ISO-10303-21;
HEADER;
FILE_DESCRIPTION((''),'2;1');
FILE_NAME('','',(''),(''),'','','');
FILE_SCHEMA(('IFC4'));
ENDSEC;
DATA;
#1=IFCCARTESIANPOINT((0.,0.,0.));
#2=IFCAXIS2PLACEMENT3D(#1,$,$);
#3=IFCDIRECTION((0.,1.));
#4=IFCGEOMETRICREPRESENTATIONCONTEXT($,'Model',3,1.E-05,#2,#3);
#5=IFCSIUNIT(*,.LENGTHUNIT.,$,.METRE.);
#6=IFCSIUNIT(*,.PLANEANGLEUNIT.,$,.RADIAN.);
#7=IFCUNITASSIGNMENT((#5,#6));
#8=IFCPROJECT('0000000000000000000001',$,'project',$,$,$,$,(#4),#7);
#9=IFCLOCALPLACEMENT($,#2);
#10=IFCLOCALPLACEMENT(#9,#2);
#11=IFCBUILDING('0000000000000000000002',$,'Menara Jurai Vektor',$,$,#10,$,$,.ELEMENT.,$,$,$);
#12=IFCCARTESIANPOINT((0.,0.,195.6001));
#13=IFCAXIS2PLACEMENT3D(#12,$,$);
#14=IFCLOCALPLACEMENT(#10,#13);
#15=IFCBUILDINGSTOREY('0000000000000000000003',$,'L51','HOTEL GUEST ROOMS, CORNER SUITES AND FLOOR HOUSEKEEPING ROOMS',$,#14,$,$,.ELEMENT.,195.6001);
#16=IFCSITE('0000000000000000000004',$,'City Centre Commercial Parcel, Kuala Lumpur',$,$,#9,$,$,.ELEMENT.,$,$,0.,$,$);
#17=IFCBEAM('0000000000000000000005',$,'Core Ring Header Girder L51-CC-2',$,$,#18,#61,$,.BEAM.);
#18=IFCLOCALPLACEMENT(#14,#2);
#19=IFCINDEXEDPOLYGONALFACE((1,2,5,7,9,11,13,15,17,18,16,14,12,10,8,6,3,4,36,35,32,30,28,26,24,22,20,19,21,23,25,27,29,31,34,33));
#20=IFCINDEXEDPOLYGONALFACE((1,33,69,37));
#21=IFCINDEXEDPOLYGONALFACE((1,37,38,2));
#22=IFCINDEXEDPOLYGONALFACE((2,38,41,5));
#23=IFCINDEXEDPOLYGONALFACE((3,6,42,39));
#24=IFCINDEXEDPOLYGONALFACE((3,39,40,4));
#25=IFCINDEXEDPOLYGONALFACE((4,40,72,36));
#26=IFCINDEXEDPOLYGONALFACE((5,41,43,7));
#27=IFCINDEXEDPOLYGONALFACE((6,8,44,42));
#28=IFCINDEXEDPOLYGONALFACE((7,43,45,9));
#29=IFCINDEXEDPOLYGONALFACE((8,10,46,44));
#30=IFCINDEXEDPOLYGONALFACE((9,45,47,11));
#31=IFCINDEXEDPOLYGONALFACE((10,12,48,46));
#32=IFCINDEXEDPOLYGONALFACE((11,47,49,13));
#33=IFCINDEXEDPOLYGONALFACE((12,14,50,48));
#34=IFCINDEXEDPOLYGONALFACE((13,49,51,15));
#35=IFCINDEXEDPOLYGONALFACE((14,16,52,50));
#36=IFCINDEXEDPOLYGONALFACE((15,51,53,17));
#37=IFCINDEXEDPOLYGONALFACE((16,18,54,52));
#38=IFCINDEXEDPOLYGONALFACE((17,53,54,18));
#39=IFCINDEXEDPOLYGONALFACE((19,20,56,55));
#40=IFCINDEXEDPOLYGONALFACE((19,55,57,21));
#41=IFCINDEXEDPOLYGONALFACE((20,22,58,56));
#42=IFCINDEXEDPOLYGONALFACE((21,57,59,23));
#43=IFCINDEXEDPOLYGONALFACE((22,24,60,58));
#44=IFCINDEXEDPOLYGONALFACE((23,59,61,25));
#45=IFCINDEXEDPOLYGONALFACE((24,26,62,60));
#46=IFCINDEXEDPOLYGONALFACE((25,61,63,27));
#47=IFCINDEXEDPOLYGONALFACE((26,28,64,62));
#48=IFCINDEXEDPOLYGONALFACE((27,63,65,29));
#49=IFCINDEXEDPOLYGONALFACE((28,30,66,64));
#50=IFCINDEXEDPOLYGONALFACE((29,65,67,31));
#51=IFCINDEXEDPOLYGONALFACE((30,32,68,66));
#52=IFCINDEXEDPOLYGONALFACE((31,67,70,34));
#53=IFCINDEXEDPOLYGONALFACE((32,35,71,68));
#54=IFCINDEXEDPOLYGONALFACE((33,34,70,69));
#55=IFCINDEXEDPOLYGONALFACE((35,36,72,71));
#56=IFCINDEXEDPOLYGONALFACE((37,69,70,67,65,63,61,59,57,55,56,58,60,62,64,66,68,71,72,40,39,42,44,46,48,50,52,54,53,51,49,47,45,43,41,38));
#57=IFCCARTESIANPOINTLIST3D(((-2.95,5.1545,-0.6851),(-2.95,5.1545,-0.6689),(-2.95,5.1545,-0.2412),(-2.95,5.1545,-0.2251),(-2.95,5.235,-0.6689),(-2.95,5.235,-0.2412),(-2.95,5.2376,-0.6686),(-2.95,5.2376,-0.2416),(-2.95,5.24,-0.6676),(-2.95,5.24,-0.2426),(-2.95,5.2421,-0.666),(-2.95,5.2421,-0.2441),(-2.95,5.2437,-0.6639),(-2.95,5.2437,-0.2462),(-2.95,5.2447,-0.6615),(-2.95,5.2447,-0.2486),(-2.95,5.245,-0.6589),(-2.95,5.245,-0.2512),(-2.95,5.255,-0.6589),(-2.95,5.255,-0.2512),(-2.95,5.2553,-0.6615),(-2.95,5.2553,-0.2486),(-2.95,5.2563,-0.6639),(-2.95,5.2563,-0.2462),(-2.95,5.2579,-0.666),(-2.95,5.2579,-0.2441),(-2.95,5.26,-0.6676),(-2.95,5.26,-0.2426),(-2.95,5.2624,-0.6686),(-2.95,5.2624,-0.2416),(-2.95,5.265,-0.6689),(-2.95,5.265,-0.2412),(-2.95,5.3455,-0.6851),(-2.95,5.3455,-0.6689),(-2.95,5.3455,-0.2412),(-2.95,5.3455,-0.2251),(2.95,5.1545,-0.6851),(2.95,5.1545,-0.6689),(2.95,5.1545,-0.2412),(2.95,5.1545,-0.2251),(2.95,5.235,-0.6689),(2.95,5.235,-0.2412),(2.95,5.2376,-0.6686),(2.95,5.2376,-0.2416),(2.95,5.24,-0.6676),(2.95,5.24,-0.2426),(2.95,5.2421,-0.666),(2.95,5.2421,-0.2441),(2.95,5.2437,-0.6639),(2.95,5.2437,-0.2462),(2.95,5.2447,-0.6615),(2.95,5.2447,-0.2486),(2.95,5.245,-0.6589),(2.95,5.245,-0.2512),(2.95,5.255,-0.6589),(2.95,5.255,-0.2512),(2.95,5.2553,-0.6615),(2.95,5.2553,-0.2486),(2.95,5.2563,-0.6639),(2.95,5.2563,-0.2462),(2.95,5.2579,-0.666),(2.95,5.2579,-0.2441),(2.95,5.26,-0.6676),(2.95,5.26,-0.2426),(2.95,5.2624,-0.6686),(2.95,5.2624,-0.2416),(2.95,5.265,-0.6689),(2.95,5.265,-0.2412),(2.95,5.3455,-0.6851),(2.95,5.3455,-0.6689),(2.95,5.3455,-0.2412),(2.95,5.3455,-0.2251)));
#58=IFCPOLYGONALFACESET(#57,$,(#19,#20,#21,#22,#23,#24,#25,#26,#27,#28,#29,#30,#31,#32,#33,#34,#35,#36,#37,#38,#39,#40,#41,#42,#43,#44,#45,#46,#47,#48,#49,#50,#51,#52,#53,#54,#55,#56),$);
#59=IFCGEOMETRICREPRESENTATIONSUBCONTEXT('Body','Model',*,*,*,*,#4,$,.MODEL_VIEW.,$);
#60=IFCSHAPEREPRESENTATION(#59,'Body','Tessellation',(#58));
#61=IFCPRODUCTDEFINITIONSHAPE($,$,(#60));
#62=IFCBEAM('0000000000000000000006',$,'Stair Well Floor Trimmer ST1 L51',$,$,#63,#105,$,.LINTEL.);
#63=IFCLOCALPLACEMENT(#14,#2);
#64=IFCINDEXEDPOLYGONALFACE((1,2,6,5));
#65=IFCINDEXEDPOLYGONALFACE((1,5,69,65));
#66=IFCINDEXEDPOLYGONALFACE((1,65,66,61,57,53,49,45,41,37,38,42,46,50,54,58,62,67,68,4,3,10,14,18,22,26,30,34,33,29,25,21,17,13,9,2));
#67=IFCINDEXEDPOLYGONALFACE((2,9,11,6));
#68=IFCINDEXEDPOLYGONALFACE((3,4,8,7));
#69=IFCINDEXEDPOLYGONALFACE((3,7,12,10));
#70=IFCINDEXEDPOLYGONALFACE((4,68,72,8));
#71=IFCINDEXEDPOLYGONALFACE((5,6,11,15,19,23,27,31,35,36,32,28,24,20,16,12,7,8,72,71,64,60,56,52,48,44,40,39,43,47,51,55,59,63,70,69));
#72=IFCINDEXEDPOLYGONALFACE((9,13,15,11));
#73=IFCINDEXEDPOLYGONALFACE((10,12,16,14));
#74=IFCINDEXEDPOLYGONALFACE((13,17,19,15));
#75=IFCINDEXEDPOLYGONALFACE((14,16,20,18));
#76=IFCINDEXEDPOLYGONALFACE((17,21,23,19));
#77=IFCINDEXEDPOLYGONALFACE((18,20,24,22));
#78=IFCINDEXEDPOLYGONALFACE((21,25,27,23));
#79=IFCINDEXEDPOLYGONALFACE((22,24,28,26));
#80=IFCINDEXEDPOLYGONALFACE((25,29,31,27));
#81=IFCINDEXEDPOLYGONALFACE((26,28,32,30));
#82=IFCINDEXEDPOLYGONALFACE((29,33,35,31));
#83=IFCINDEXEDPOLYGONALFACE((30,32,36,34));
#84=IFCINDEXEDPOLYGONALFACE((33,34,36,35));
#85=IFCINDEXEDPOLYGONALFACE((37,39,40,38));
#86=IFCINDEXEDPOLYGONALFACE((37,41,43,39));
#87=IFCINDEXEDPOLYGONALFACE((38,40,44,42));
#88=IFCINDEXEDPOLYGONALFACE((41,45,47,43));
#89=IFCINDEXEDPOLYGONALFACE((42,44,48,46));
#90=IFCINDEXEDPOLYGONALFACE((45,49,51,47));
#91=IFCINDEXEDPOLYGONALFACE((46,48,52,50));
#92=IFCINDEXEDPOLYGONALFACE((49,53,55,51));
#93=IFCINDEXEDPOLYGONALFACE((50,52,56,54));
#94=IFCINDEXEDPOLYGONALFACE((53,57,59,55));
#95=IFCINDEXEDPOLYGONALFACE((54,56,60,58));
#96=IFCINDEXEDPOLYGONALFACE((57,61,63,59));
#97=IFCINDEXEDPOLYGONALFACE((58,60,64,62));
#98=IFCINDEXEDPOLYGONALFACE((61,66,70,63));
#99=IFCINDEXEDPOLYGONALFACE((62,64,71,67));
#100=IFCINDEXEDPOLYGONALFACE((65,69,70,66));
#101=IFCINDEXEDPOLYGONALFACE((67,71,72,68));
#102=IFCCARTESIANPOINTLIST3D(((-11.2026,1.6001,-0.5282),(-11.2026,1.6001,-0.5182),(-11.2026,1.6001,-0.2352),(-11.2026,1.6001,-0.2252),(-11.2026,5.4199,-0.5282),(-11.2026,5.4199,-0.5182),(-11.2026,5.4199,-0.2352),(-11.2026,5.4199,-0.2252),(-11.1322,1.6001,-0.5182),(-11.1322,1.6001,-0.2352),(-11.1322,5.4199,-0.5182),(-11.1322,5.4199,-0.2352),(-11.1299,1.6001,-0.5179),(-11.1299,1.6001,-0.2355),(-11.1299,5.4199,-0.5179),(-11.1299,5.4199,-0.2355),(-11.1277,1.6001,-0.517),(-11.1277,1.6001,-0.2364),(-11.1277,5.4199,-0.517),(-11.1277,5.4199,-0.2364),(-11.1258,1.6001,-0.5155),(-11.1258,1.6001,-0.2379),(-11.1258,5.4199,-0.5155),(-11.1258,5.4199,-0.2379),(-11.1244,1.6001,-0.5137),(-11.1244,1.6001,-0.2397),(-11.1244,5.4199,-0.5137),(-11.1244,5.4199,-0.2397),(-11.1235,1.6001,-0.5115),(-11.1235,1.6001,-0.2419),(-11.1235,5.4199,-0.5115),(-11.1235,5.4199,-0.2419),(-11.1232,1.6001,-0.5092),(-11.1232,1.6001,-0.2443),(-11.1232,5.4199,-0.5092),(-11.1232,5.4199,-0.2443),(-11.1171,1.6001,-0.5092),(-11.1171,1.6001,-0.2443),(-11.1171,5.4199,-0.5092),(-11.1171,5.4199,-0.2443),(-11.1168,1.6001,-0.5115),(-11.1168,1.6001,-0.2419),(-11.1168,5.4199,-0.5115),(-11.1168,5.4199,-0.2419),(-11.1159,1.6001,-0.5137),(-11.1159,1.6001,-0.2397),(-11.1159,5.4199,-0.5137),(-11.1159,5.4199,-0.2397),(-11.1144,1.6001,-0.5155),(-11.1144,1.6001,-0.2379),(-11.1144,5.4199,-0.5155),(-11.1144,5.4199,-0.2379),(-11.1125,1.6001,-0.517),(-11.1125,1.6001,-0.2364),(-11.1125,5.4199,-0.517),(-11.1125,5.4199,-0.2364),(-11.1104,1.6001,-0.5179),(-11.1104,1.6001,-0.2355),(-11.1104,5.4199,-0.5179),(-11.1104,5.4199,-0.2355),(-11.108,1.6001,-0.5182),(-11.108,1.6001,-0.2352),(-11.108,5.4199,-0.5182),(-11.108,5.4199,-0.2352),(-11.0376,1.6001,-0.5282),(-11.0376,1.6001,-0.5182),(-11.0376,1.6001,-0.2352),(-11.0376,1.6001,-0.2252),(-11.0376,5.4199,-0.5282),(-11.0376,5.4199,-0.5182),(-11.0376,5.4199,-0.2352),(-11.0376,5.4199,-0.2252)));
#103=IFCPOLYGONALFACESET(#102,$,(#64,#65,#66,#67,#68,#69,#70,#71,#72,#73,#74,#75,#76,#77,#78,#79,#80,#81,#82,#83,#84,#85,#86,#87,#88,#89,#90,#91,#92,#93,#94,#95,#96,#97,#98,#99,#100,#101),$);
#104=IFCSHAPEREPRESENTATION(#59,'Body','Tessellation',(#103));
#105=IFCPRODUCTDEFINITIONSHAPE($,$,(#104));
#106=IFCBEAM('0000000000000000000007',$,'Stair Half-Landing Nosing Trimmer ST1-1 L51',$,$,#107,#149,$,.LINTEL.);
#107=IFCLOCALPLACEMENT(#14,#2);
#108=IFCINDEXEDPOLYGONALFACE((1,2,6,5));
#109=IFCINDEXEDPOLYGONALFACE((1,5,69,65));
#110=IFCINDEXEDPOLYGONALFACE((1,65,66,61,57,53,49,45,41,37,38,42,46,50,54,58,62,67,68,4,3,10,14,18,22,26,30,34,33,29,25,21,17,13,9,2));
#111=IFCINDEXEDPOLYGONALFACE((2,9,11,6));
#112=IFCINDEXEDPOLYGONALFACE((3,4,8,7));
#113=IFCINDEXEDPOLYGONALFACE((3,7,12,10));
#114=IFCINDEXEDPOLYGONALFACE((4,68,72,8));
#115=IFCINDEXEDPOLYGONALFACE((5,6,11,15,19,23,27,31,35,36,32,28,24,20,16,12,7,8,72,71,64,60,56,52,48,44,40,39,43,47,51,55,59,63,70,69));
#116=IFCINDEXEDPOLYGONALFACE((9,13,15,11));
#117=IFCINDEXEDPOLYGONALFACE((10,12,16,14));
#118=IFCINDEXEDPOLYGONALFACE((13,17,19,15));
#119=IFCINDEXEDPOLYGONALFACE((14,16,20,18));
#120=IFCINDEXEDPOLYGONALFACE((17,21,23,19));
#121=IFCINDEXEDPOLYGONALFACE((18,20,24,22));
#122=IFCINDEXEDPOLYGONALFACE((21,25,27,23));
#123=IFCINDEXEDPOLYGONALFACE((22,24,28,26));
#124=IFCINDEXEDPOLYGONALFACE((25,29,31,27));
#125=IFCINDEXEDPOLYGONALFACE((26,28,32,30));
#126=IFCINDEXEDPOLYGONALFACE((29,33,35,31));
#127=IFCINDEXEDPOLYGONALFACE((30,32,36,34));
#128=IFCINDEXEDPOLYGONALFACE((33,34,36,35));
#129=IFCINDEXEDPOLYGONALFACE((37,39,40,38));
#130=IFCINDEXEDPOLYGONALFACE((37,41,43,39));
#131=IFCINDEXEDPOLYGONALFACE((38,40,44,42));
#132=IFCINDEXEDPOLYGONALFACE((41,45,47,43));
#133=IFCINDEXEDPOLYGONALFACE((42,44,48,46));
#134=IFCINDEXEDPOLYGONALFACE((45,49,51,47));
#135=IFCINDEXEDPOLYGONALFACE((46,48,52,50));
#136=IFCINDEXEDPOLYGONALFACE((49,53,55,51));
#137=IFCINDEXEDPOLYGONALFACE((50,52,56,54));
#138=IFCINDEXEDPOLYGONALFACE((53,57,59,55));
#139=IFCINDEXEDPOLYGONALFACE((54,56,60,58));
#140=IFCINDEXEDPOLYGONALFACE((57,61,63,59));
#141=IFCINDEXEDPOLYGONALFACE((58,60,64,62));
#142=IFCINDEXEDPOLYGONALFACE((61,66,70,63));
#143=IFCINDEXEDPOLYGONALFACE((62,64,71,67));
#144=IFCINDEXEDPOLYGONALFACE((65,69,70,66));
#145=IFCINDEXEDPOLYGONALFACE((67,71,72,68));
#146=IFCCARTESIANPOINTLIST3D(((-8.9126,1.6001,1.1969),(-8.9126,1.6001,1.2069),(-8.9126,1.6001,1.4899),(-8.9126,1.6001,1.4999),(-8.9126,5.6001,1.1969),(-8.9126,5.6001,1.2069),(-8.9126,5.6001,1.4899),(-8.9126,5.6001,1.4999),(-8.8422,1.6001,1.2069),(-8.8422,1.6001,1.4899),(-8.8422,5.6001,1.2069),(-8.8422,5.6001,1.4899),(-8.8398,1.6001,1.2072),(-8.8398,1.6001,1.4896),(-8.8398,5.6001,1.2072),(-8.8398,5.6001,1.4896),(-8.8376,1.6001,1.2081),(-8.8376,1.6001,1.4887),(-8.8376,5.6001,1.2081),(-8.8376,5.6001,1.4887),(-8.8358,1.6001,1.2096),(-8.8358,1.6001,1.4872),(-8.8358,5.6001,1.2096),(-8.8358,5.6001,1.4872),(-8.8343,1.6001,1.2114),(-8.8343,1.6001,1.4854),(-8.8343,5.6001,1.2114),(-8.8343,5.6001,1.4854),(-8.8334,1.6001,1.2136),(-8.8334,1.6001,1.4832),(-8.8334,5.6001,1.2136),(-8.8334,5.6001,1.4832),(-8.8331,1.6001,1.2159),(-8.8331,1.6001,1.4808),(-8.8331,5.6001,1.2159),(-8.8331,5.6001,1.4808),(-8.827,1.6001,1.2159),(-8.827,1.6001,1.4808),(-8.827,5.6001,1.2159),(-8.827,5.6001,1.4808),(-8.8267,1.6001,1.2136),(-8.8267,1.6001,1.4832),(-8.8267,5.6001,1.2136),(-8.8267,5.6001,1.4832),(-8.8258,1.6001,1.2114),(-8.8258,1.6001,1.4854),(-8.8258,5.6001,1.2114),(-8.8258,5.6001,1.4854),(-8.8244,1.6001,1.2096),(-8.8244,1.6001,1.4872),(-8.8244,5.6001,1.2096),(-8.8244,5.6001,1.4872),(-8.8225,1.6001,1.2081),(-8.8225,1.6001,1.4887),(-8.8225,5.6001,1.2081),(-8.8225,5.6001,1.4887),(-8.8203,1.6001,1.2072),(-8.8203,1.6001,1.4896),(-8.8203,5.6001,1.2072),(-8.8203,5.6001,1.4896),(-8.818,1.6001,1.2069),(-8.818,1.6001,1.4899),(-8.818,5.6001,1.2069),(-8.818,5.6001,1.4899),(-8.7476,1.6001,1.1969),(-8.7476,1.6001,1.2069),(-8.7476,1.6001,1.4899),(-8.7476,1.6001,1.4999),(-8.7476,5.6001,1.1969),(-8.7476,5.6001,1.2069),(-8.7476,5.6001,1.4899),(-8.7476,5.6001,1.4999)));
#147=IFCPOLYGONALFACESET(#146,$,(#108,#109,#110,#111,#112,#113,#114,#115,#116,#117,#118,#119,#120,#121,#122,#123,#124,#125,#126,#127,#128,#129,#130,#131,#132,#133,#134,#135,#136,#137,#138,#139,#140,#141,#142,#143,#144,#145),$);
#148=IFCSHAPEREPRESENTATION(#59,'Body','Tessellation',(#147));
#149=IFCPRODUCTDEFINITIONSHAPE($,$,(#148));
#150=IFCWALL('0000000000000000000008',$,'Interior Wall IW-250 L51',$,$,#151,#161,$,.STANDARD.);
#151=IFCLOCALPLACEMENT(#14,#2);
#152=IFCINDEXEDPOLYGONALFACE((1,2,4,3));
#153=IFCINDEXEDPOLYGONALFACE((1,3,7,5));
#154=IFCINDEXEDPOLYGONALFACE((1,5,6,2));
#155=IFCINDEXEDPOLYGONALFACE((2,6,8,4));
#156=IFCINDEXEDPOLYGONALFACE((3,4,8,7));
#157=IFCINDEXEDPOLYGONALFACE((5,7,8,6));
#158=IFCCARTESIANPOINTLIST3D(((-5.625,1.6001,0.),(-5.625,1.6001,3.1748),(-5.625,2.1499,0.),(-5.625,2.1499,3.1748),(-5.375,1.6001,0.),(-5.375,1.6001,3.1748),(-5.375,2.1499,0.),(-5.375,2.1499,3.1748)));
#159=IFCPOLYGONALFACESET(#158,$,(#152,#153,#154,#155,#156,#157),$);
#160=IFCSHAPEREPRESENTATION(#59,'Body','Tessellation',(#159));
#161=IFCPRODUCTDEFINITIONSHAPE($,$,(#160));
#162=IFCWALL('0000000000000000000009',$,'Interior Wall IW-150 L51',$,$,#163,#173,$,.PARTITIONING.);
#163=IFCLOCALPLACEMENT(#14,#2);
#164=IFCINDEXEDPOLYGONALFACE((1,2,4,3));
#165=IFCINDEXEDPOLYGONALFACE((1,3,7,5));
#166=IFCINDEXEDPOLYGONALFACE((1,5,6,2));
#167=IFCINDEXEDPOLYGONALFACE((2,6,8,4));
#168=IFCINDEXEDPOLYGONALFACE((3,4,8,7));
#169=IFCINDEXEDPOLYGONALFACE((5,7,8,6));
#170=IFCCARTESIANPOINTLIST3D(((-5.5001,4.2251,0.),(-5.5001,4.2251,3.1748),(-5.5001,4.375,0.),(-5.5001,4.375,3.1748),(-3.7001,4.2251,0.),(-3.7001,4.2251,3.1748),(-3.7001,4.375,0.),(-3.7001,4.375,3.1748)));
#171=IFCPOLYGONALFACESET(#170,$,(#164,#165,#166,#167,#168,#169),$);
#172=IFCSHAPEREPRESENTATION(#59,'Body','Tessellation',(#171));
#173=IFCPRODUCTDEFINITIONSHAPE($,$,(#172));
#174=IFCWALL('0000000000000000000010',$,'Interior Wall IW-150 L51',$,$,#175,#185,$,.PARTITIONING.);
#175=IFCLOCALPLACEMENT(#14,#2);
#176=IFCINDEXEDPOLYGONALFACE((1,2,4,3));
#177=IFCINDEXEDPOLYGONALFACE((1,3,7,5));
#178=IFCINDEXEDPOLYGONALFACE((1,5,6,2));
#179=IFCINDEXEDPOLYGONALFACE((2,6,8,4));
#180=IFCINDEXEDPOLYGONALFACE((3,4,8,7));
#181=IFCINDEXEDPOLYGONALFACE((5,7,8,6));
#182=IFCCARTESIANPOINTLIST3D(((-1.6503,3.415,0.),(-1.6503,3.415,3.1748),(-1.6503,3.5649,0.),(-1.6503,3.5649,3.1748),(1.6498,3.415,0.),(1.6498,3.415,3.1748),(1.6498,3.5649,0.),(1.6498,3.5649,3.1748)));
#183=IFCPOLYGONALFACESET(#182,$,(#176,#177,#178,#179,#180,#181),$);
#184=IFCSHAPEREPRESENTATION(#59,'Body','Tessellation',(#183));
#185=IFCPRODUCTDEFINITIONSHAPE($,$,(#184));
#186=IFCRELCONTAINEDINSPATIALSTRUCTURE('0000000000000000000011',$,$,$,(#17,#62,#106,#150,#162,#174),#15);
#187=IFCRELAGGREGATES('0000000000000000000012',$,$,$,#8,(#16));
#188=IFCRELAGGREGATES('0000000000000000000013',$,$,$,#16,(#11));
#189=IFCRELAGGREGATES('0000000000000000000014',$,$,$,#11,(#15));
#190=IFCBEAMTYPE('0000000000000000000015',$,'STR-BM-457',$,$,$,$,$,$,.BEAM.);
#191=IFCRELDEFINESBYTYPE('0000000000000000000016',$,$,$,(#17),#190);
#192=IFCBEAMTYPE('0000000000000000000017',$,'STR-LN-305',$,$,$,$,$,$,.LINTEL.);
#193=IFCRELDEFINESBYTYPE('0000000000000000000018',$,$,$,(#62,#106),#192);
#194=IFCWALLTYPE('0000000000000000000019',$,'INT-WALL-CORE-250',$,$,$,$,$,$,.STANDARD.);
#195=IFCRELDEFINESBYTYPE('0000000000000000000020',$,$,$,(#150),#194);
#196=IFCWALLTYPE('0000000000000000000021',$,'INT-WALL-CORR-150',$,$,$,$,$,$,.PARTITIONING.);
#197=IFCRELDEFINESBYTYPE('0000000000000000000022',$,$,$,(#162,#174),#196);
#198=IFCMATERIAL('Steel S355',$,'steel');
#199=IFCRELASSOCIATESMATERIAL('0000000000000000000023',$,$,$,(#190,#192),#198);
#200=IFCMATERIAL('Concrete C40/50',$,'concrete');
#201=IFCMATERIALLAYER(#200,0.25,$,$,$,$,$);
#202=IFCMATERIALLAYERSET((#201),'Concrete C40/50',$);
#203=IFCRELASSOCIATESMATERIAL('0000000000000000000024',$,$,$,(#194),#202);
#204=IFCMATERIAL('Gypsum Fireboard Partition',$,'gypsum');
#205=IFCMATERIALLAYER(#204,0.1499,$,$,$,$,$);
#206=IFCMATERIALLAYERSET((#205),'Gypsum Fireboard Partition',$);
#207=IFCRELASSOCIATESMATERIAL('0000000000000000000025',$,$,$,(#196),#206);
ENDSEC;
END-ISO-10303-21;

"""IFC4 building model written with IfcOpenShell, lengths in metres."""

from ifc_helpers import new_model, si_unit, direction, frame, frame_2d, origin, origin_2d, place, context, subcontext, project, spatial, rectangle, i_section, extrude, material, layer, layer_set, material_profile, profile_set, type_object, element, save


model = new_model("IFC4")

# Units and contexts
model_context = context("Model", 3, precision=1e-05, world=origin(), true_north=direction((0.0, 1.0)))
body_context = subcontext(model_context, "Body", "Model", "MODEL_VIEW")
ifc_project = project(units=[si_unit("LENGTHUNIT", "METRE"), si_unit("PLANEANGLEUNIT", "RADIAN")], contexts=[model_context])

# Site, building, storey
site_placement = place(None, origin())
site = spatial("IfcSite", under=ifc_project, at=site_placement, Name="City Centre Commercial Parcel, Kuala Lumpur", CompositionType="ELEMENT", RefElevation=0.0)
building_placement = place(site_placement, origin())
building = spatial("IfcBuilding", under=site, at=building_placement, Name="Menara Jurai Vektor", CompositionType="ELEMENT")
storey_placement = place(building_placement, frame((0.0, 0.0, 195.6001)))
storey = spatial("IfcBuildingStorey", under=building, at=storey_placement, Name="L51", Description="HOTEL GUEST ROOMS, CORNER SUITES AND FLOOR HOUSEKEEPING ROOMS", CompositionType="ELEMENT", Elevation=195.6001)

# Shared definitions
ifc_material_1 = material(Name="Steel S355", Category="steel")

# Beams
ifc_material_profile_1 = material_profile(ifc_material_1, i_section(OverallWidth=0.1909, OverallDepth=0.46, WebThickness=0.01, FlangeThickness=0.0161, FilletRadius=0.01, at=origin_2d()), Name="UKB 457x191x82")
ifc_profile_set_1 = profile_set([ifc_material_profile_1], Name="Steel S355")
beam_type_1 = type_object("IfcBeamType", Name="STR-BM-457", PredefinedType="BEAM", material=ifc_profile_set_1)
beam_1_placement = place(storey_placement, frame((-2.95, 5.25, -0.4551), z_axis=(1.0, 0.0, 0.0), x_axis=(0.0, 1.0, 0.0)))
element("IfcBeam", 1, at=beam_1_placement, inside=storey, type_object=beam_type_1, Name="Core Ring Header Girder L51-CC-2", PredefinedType="BEAM", context=body_context, shape_type="SweptSolid", body=[
    extrude(i_section(OverallWidth=0.1909, OverallDepth=0.46, WebThickness=0.01, FlangeThickness=0.0161, FilletRadius=0.01, at=origin_2d()), origin(), (0.0, 0.0, 1.0), 5.8999),
])
ifc_material_profile_2 = material_profile(ifc_material_1, i_section(OverallWidth=0.165, OverallDepth=0.303, WebThickness=0.0061, FlangeThickness=0.01, FilletRadius=0.009, at=origin_2d()), Name="UKB 305x165x40")
ifc_profile_set_2 = profile_set([ifc_material_profile_2], Name="Steel S355")
beam_type_2 = type_object("IfcBeamType", Name="STR-LN-305", PredefinedType="LINTEL", material=ifc_profile_set_2)
beam_2_placement = place(storey_placement, frame((-11.1201, 1.6001, -0.3767), z_axis=(0.0, 1.0, 0.0), x_axis=(-1.0, 0.0, 0.0)))
element("IfcBeam", 2, at=beam_2_placement, inside=storey, type_object=beam_type_2, Name="Stair Well Floor Trimmer ST1 L51", PredefinedType="LINTEL", context=body_context, shape_type="SweptSolid", body=[
    extrude(i_section(OverallWidth=0.165, OverallDepth=0.303, WebThickness=0.0061, FlangeThickness=0.01, FilletRadius=0.009, at=origin_2d()), origin(), (0.0, 0.0, 1.0), 3.8198),
])
beam_3_placement = place(storey_placement, frame((-8.8301, 1.6001, 1.3484), z_axis=(0.0, 1.0, 0.0), x_axis=(-1.0, 0.0, 0.0)))
element("IfcBeam", 3, at=beam_3_placement, inside=storey, type_object=beam_type_2, Name="Stair Half-Landing Nosing Trimmer ST1-1 L51", PredefinedType="LINTEL", context=body_context, shape_type="SweptSolid", body=[
    extrude(i_section(OverallWidth=0.165, OverallDepth=0.303, WebThickness=0.0061, FlangeThickness=0.01, FilletRadius=0.009, at=origin_2d()), origin(), (0.0, 0.0, 1.0), 4.0),
])

# Shared definitions
ifc_material_2 = material(Name="Concrete C40/50", Category="concrete")
ifc_layer_1 = layer(ifc_material_2, 0.25)
ifc_layer_set_1 = layer_set([ifc_layer_1], Name="Concrete C40/50")
wall_type_1 = type_object("IfcWallType", Name="INT-WALL-CORE-250", PredefinedType="STANDARD", material=ifc_layer_set_1)

# Walls
wall_1_placement = place(storey_placement, frame((-5.5, 1.6001, 0.0), z_axis=(0.0, 0.0, 1.0), x_axis=(0.0, 1.0, 0.0)))
element("IfcWall", 4, at=wall_1_placement, inside=storey, type_object=wall_type_1, Name="Interior Wall IW-250 L51", PredefinedType="STANDARD", context=body_context, shape_type="SweptSolid", body=[
    extrude(rectangle(XDim=0.5498, YDim=0.25, at=frame_2d((0.2749, 0.0))), origin(), (0.0, 0.0, 1.0), 3.1748),
])
ifc_material_3 = material(Name="Gypsum Fireboard Partition", Category="gypsum")
ifc_layer_2 = layer(ifc_material_3, 0.1499)
ifc_layer_set_2 = layer_set([ifc_layer_2], Name="Gypsum Fireboard Partition")
wall_type_2 = type_object("IfcWallType", Name="INT-WALL-CORR-150", PredefinedType="PARTITIONING", material=ifc_layer_set_2)
wall_2_placement = place(storey_placement, frame((-5.5, 4.3, 0.0), z_axis=(0.0, 0.0, 1.0), x_axis=(1.0, 0.0, 0.0)))
element("IfcWall", 5, at=wall_2_placement, inside=storey, type_object=wall_type_2, Name="Interior Wall IW-150 L51", PredefinedType="PARTITIONING", context=body_context, shape_type="SweptSolid", body=[
    extrude(rectangle(XDim=1.8, YDim=0.1499, at=frame_2d((0.8999, 0.0))), origin(), (0.0, 0.0, 1.0), 3.1748),
])
wall_3_placement = place(storey_placement, frame((-1.6501, 3.49, 0.0), z_axis=(0.0, 0.0, 1.0), x_axis=(1.0, 0.0, 0.0)))
element("IfcWall", 6, at=wall_3_placement, inside=storey, type_object=wall_type_2, Name="Interior Wall IW-150 L51", PredefinedType="PARTITIONING", context=body_context, shape_type="SweptSolid", body=[
    extrude(rectangle(XDim=3.3, YDim=0.1499, at=frame_2d((1.6499, 0.0))), origin(), (0.0, 0.0, 1.0), 3.1748),
])

save(model, "model.ifc")
